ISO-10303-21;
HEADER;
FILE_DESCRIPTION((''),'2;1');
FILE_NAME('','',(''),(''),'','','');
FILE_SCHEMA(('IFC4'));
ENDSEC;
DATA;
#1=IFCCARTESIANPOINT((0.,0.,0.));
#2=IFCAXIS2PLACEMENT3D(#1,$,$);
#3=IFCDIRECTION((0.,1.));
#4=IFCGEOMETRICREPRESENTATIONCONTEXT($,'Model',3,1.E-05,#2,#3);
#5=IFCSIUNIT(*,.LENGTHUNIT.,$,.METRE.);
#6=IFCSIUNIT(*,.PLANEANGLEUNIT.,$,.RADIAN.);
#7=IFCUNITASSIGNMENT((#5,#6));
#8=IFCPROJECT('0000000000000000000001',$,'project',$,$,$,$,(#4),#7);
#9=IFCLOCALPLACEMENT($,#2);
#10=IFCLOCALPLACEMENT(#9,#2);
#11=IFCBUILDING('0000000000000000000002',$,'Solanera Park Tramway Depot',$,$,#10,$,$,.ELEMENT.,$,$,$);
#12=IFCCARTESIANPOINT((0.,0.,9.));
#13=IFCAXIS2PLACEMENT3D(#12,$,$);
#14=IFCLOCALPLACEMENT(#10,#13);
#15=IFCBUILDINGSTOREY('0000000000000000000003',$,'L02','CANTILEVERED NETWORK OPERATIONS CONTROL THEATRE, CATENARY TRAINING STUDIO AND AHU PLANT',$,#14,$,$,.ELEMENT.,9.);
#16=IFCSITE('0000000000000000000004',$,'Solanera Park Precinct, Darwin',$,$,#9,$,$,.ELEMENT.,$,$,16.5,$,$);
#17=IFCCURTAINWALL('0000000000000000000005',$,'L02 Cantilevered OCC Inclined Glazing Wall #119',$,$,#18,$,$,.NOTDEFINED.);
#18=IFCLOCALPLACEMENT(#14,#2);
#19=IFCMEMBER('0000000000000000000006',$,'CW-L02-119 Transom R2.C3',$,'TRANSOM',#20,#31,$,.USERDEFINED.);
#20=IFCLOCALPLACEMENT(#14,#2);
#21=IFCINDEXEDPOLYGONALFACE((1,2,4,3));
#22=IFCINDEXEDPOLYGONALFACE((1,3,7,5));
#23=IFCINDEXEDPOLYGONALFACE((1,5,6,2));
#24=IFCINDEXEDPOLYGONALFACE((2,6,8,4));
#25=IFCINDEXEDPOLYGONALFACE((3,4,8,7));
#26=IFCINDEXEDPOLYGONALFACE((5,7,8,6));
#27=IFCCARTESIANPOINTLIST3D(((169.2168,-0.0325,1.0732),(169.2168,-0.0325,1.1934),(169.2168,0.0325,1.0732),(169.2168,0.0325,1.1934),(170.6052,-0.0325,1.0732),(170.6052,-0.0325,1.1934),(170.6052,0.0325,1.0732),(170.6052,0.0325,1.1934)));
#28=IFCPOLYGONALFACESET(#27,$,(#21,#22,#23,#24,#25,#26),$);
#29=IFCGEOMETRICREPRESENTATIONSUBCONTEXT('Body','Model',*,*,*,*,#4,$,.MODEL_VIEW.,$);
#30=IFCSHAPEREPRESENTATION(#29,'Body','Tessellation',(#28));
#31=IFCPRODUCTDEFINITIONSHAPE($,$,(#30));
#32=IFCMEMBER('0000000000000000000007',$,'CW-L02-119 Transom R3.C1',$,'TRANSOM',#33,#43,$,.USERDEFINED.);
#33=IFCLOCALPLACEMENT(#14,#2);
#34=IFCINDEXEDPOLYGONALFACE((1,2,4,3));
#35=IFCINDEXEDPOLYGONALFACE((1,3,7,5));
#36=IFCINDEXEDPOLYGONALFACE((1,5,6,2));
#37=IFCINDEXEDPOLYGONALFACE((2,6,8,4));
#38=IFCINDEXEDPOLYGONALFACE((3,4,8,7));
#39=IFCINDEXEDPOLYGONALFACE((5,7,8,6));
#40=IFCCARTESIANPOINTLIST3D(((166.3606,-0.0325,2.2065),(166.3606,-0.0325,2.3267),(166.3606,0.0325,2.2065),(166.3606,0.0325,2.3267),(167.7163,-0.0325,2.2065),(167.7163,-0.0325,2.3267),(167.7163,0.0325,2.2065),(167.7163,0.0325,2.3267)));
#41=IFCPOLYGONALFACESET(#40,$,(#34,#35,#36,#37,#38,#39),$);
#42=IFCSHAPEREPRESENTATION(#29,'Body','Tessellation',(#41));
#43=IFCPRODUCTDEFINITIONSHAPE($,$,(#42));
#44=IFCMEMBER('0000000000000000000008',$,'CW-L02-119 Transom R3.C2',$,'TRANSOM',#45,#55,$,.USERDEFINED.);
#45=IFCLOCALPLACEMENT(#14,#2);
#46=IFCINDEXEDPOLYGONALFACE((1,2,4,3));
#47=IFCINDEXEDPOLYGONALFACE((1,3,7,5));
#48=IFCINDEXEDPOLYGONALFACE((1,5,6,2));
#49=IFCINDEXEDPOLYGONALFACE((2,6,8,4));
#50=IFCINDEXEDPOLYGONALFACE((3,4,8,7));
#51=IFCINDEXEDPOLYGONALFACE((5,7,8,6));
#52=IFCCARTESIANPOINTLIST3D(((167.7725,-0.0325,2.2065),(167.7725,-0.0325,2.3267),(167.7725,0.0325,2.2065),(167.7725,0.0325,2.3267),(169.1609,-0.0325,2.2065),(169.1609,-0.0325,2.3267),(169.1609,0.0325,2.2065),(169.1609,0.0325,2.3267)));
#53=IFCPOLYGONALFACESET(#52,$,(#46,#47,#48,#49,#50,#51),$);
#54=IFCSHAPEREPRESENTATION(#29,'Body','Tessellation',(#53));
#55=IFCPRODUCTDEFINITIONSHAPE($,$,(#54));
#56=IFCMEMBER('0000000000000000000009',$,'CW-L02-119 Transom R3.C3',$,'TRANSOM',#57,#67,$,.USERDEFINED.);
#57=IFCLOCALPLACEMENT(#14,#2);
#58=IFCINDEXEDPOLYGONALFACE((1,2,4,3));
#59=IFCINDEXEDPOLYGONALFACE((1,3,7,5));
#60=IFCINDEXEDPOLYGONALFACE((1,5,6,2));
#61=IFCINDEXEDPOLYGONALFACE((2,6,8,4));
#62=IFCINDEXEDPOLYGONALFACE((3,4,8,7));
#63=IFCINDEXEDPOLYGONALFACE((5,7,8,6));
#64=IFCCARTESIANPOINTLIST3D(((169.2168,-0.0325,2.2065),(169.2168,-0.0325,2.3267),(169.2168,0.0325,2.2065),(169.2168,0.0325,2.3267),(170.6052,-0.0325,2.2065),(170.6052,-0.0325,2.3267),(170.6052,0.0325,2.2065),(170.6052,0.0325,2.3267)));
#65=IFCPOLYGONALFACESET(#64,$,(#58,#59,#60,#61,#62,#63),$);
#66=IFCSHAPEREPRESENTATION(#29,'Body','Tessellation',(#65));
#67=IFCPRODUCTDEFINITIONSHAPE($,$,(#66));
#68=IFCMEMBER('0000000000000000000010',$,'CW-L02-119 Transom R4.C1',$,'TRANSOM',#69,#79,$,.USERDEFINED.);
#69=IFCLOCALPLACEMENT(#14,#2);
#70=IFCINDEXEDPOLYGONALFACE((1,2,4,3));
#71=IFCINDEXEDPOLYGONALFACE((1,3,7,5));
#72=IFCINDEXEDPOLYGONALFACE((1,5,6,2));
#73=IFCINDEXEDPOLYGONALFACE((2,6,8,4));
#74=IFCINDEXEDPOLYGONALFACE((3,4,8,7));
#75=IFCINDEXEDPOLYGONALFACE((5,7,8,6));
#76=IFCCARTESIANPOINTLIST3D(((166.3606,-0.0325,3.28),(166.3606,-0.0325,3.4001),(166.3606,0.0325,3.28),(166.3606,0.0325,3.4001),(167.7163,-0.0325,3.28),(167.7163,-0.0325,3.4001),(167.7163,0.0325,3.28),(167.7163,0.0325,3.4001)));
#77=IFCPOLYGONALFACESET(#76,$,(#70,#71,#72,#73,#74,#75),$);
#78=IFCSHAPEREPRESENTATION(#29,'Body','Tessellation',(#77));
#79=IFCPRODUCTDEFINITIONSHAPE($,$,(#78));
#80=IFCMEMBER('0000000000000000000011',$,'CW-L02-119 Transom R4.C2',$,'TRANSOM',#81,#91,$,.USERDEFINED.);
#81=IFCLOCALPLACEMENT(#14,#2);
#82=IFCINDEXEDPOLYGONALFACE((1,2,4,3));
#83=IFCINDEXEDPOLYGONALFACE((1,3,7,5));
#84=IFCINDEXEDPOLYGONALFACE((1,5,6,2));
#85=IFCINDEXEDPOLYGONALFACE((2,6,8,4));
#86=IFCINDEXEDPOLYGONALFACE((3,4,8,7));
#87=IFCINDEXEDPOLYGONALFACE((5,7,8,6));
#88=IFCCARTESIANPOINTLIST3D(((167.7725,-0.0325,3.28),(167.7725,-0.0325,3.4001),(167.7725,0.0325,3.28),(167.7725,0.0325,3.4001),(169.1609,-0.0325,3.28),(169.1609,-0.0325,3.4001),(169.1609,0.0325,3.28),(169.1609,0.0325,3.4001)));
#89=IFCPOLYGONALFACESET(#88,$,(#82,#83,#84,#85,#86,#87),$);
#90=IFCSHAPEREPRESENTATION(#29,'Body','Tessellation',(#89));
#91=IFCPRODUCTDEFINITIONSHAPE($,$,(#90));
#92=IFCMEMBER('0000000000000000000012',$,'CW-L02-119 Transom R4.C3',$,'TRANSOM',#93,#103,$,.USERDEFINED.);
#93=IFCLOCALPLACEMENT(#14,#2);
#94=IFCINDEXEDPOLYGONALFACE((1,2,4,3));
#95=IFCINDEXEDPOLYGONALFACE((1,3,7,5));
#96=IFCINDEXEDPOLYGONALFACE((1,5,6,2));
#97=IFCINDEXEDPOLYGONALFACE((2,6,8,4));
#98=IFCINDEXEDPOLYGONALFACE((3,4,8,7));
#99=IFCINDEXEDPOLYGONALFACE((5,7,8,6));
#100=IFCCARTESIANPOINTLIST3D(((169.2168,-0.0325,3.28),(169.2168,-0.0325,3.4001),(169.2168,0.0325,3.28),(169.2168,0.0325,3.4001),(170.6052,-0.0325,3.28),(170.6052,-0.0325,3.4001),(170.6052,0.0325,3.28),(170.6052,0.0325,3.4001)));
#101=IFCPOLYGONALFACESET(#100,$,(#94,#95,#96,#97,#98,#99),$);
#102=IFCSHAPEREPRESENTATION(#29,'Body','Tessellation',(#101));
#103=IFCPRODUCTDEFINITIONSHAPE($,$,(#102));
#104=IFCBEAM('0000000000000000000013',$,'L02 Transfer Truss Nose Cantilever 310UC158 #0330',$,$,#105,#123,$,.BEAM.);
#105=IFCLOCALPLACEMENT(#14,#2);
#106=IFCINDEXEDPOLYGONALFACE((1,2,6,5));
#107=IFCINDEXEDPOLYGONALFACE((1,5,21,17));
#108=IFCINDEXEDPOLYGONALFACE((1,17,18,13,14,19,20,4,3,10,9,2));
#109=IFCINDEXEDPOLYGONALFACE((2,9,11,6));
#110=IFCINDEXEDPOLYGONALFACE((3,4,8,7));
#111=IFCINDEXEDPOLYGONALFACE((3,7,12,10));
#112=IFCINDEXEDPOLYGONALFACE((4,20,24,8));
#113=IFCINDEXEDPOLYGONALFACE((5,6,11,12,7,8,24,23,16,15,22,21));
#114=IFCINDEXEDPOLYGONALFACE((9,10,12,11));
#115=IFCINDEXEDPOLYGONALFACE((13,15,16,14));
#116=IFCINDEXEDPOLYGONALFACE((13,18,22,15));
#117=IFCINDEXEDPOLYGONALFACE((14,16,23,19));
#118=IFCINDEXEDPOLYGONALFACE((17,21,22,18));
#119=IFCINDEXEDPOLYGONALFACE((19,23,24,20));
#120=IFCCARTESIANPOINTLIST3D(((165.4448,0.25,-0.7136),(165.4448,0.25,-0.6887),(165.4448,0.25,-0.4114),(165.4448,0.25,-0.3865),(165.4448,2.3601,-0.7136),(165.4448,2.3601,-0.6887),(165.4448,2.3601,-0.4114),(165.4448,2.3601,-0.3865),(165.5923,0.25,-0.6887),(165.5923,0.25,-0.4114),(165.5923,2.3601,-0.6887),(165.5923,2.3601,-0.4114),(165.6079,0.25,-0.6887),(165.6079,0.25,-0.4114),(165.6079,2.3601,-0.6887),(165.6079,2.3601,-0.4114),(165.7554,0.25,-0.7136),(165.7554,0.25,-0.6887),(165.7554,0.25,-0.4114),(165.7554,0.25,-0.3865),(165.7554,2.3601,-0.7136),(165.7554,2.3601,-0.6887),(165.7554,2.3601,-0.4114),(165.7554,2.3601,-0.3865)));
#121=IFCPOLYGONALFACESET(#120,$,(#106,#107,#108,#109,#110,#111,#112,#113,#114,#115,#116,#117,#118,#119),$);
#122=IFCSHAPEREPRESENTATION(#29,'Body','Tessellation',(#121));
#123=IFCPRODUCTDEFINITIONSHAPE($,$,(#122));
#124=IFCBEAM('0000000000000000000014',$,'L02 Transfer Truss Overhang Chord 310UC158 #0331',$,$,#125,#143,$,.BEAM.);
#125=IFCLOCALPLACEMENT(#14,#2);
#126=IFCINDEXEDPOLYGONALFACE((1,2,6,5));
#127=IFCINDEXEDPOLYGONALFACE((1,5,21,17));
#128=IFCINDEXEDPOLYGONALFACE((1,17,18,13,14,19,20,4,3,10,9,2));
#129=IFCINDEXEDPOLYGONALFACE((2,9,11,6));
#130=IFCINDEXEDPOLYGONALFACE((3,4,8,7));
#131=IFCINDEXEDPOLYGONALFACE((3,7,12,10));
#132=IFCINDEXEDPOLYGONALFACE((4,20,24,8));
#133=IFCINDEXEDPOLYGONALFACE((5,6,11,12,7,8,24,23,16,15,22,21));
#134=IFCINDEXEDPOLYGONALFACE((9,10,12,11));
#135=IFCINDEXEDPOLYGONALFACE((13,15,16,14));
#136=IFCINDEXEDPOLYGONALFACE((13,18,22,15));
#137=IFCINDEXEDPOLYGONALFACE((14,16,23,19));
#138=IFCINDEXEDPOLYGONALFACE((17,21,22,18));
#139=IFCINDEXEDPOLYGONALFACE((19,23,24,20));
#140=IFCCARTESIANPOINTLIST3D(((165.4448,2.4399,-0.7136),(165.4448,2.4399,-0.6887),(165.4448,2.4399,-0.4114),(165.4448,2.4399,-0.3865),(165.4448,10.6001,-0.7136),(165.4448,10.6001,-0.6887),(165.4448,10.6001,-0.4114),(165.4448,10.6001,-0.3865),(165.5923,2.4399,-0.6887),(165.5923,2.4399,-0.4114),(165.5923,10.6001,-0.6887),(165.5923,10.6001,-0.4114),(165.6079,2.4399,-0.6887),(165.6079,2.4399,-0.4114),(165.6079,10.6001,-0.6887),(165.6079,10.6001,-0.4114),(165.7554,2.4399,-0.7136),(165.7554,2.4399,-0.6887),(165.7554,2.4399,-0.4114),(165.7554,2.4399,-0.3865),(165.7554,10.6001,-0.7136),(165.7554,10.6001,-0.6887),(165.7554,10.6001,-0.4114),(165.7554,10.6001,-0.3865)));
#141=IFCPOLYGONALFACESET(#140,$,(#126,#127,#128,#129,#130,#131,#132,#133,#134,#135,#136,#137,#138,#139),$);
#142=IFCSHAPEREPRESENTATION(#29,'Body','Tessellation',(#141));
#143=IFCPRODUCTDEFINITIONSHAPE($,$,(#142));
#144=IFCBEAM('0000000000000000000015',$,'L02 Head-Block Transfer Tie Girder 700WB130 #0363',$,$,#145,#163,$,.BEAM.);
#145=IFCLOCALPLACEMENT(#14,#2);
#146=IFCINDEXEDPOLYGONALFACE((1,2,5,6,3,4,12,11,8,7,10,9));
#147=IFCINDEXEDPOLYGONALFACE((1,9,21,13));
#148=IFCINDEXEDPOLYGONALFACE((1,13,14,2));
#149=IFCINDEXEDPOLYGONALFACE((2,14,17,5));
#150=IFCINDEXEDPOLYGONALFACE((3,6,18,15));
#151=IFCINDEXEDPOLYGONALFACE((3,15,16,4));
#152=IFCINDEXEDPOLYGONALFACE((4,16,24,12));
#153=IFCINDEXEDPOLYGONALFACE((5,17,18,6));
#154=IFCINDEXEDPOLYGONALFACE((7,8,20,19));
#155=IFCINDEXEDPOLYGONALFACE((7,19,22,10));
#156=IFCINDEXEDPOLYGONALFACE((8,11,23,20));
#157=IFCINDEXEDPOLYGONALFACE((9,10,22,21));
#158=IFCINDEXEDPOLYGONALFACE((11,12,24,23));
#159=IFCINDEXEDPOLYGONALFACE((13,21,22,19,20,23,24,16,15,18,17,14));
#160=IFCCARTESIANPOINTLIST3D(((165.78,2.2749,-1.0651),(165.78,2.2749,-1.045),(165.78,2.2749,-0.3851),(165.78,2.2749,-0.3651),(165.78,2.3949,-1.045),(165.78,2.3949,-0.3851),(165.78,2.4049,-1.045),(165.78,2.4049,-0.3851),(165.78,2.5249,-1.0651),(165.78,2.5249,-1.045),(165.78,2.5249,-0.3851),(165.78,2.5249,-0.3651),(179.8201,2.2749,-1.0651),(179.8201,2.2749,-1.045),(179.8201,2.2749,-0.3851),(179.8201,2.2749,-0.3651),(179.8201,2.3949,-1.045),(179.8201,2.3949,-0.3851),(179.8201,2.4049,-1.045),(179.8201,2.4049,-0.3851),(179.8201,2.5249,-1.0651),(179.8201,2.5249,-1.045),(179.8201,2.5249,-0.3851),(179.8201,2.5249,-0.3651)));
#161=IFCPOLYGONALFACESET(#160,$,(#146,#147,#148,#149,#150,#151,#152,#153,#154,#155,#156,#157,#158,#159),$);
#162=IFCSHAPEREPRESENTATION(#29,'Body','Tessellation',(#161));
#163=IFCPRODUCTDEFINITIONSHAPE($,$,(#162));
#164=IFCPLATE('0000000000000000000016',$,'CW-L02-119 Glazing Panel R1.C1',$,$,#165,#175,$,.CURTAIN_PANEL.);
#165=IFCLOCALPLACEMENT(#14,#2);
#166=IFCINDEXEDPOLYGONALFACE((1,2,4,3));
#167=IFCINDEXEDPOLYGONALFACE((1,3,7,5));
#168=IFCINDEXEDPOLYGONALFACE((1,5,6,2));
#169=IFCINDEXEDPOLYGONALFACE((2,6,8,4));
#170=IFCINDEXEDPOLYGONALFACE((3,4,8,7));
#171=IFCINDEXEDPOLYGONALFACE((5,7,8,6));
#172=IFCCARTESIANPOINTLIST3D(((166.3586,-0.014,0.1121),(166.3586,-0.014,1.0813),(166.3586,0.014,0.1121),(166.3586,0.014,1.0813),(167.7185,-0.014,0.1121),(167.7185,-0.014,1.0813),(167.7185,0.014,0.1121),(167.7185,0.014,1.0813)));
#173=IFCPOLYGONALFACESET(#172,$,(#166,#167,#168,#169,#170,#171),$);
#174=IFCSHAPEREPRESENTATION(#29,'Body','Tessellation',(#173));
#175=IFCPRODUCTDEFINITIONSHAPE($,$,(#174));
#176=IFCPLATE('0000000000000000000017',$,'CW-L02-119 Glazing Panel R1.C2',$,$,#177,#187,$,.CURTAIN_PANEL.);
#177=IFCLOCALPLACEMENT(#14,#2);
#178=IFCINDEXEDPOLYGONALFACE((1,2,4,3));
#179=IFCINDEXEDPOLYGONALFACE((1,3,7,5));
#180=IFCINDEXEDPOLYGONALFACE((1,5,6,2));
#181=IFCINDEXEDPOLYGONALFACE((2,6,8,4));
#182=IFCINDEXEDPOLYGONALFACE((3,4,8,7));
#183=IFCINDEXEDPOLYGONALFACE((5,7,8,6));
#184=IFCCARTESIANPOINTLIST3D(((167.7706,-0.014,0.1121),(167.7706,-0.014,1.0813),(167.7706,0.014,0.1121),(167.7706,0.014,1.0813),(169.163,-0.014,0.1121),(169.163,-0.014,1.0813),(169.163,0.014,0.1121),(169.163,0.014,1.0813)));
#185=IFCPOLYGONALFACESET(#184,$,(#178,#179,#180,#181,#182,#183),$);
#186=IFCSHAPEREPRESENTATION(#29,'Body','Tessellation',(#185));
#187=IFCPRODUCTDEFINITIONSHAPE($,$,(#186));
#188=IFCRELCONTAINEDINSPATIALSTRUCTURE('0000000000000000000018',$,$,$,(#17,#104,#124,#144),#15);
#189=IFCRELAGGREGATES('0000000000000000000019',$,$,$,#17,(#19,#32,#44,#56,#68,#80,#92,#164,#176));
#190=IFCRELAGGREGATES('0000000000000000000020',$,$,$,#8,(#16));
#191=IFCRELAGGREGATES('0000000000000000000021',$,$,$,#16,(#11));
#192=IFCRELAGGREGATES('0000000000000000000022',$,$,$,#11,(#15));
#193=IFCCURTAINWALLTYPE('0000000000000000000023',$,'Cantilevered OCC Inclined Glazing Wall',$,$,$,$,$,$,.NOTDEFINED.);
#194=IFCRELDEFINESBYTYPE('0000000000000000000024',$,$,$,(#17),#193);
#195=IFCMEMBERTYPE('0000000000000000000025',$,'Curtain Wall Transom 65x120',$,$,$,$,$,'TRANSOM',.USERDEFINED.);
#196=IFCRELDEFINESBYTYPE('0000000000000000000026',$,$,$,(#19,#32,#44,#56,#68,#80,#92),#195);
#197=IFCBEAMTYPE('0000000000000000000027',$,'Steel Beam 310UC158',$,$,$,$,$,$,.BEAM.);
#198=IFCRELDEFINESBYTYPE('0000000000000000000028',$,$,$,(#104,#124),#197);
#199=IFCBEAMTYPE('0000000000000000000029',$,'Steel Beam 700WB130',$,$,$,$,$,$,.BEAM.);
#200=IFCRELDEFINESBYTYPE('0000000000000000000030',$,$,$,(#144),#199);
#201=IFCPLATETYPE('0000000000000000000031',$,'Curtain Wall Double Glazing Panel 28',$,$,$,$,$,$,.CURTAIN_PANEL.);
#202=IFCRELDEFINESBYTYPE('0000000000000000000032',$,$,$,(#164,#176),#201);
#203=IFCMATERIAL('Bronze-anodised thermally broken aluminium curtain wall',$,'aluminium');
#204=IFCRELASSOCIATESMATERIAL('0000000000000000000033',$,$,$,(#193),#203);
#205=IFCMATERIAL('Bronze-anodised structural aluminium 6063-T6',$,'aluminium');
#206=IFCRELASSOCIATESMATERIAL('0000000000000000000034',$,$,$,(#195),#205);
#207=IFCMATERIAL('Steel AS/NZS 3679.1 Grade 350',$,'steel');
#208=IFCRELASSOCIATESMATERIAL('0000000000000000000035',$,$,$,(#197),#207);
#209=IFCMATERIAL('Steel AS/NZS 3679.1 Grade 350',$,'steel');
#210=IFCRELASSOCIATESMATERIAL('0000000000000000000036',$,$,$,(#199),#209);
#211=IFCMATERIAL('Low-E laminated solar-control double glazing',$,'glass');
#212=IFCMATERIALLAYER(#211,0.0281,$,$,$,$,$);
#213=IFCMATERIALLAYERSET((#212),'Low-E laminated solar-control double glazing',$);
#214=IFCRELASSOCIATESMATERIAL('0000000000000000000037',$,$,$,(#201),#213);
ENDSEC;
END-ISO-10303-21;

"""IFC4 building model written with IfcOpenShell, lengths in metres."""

from ifc_helpers import new_model, si_unit, direction, frame, origin, origin_2d, place, context, subcontext, project, spatial, rectangle, i_section, extrude, material, layer, layer_set, material_profile, profile_set, type_object, element, aggregate, save


model = new_model("IFC4")

# Units and contexts
model_context = context("Model", 3, precision=1e-05, world=origin(), true_north=direction((0.0, 1.0)))
body_context = subcontext(model_context, "Body", "Model", "MODEL_VIEW")
ifc_project = project(units=[si_unit("LENGTHUNIT", "METRE"), si_unit("PLANEANGLEUNIT", "RADIAN")], contexts=[model_context])

# Site, building, storey
site_placement = place(None, origin())
site = spatial("IfcSite", under=ifc_project, at=site_placement, Name="Solanera Park Precinct, Darwin", CompositionType="ELEMENT", RefElevation=16.5)
building_placement = place(site_placement, origin())
building = spatial("IfcBuilding", under=site, at=building_placement, Name="Solanera Park Tramway Depot", CompositionType="ELEMENT")
storey_placement = place(building_placement, frame((0.0, 0.0, 9.0)))
storey = spatial("IfcBuildingStorey", under=building, at=storey_placement, Name="L02", Description="CANTILEVERED NETWORK OPERATIONS CONTROL THEATRE, CATENARY TRAINING STUDIO AND AHU PLANT", CompositionType="ELEMENT", Elevation=9.0)

# Curtain wall, members
ifc_material_1 = material(Name="Bronze-anodised thermally broken aluminium curtain wall", Category="aluminium")
curtain_wall_type = type_object("IfcCurtainWallType", Name="Cantilevered OCC Inclined Glazing Wall", PredefinedType="NOTDEFINED", material=ifc_material_1)
curtain_wall_placement = place(storey_placement, origin())
curtain_wall = element("IfcCurtainWall", 1, at=curtain_wall_placement, inside=storey, type_object=curtain_wall_type, Name="L02 Cantilevered OCC Inclined Glazing Wall #119", PredefinedType="NOTDEFINED")
ifc_material_2 = material(Name="Bronze-anodised structural aluminium 6063-T6", Category="aluminium")
ifc_material_profile_1 = material_profile(ifc_material_2, rectangle(XDim=0.0649, YDim=0.1201, at=origin_2d()), Name="Curtain Wall Transom 65x120")
ifc_profile_set_1 = profile_set([ifc_material_profile_1], Name="Bronze-anodised structural aluminium 6063-T6")
member_type_1 = type_object("IfcMemberType", Name="Curtain Wall Transom 65x120", ElementType="TRANSOM", PredefinedType="USERDEFINED", material=ifc_profile_set_1)
member_1_placement = place(storey_placement, frame((169.2168, 0.0, 1.1333), z_axis=(1.0, 0.0, 0.0), x_axis=(0.0, 1.0, 0.0)))
member_1 = element("IfcMember", 2, at=member_1_placement, type_object=member_type_1, Name="CW-L02-119 Transom R2.C3", ObjectType="TRANSOM", PredefinedType="USERDEFINED", context=body_context, shape_type="SweptSolid", body=[
    extrude(rectangle(XDim=0.0649, YDim=0.1201, at=origin_2d()), origin(), (0.0, 0.0, 1.0), 1.3884),
])
member_2_placement = place(storey_placement, frame((166.3606, 0.0, 2.2666), z_axis=(1.0, 0.0, 0.0), x_axis=(0.0, 1.0, 0.0)))
member_2 = element("IfcMember", 3, at=member_2_placement, type_object=member_type_1, Name="CW-L02-119 Transom R3.C1", ObjectType="TRANSOM", PredefinedType="USERDEFINED", context=body_context, shape_type="SweptSolid", body=[
    extrude(rectangle(XDim=0.0649, YDim=0.1201, at=origin_2d()), origin(), (0.0, 0.0, 1.0), 1.3557),
])
member_3_placement = place(storey_placement, frame((167.7725, 0.0, 2.2666), z_axis=(1.0, 0.0, 0.0), x_axis=(0.0, 1.0, 0.0)))
member_3 = element("IfcMember", 4, at=member_3_placement, type_object=member_type_1, Name="CW-L02-119 Transom R3.C2", ObjectType="TRANSOM", PredefinedType="USERDEFINED", context=body_context, shape_type="SweptSolid", body=[
    extrude(rectangle(XDim=0.0649, YDim=0.1201, at=origin_2d()), origin(), (0.0, 0.0, 1.0), 1.3884),
])
member_4_placement = place(storey_placement, frame((169.2168, 0.0, 2.2666), z_axis=(1.0, 0.0, 0.0), x_axis=(0.0, 1.0, 0.0)))
member_4 = element("IfcMember", 5, at=member_4_placement, type_object=member_type_1, Name="CW-L02-119 Transom R3.C3", ObjectType="TRANSOM", PredefinedType="USERDEFINED", context=body_context, shape_type="SweptSolid", body=[
    extrude(rectangle(XDim=0.0649, YDim=0.1201, at=origin_2d()), origin(), (0.0, 0.0, 1.0), 1.3884),
])
member_5_placement = place(storey_placement, frame((166.3606, 0.0, 3.3401), z_axis=(1.0, 0.0, 0.0), x_axis=(0.0, 1.0, 0.0)))
member_5 = element("IfcMember", 6, at=member_5_placement, type_object=member_type_1, Name="CW-L02-119 Transom R4.C1", ObjectType="TRANSOM", PredefinedType="USERDEFINED", context=body_context, shape_type="SweptSolid", body=[
    extrude(rectangle(XDim=0.0649, YDim=0.1201, at=origin_2d()), origin(), (0.0, 0.0, 1.0), 1.3557),
])
member_6_placement = place(storey_placement, frame((167.7725, 0.0, 3.3401), z_axis=(1.0, 0.0, 0.0), x_axis=(0.0, 1.0, 0.0)))
member_6 = element("IfcMember", 7, at=member_6_placement, type_object=member_type_1, Name="CW-L02-119 Transom R4.C2", ObjectType="TRANSOM", PredefinedType="USERDEFINED", context=body_context, shape_type="SweptSolid", body=[
    extrude(rectangle(XDim=0.0649, YDim=0.1201, at=origin_2d()), origin(), (0.0, 0.0, 1.0), 1.3884),
])
member_7_placement = place(storey_placement, frame((169.2168, 0.0, 3.3401), z_axis=(1.0, 0.0, 0.0), x_axis=(0.0, 1.0, 0.0)))
member_7 = element("IfcMember", 8, at=member_7_placement, type_object=member_type_1, Name="CW-L02-119 Transom R4.C3", ObjectType="TRANSOM", PredefinedType="USERDEFINED", context=body_context, shape_type="SweptSolid", body=[
    extrude(rectangle(XDim=0.0649, YDim=0.1201, at=origin_2d()), origin(), (0.0, 0.0, 1.0), 1.3884),
])

# Beams
ifc_material_3 = material(Name="Steel AS/NZS 3679.1 Grade 350", Category="steel")
ifc_material_profile_2 = material_profile(ifc_material_3, i_section(OverallWidth=0.3105, OverallDepth=0.3271, WebThickness=0.0156, FlangeThickness=0.0249, at=origin_2d()), Name="310UC158")
ifc_profile_set_2 = profile_set([ifc_material_profile_2], Name="Steel AS/NZS 3679.1 Grade 350")
beam_type_1 = type_object("IfcBeamType", Name="Steel Beam 310UC158", PredefinedType="BEAM", material=ifc_profile_set_2)
beam_1_placement = place(storey_placement, frame((165.6001, 0.25, -0.55), z_axis=(0.0, 1.0, 0.0), x_axis=(-1.0, 0.0, 0.0)))
element("IfcBeam", 9, at=beam_1_placement, inside=storey, type_object=beam_type_1, Name="L02 Transfer Truss Nose Cantilever 310UC158 #0330", PredefinedType="BEAM", context=body_context, shape_type="SweptSolid", body=[
    extrude(i_section(OverallWidth=0.3105, OverallDepth=0.3271, WebThickness=0.0156, FlangeThickness=0.0249, at=origin_2d()), origin(), (0.0, 0.0, 1.0), 2.1101),
])
beam_2_placement = place(storey_placement, frame((165.6001, 2.4399, -0.55), z_axis=(0.0, 1.0, 0.0), x_axis=(-1.0, 0.0, 0.0)))
element("IfcBeam", 10, at=beam_2_placement, inside=storey, type_object=beam_type_1, Name="L02 Transfer Truss Overhang Chord 310UC158 #0331", PredefinedType="BEAM", context=body_context, shape_type="SweptSolid", body=[
    extrude(i_section(OverallWidth=0.3105, OverallDepth=0.3271, WebThickness=0.0156, FlangeThickness=0.0249, at=origin_2d()), origin(), (0.0, 0.0, 1.0), 8.1602),
])
ifc_material_4 = material(Name="Steel AS/NZS 3679.1 Grade 350", Category="steel")
ifc_material_profile_3 = material_profile(ifc_material_4, i_section(OverallWidth=0.25, OverallDepth=0.7, WebThickness=0.01, FlangeThickness=0.02, at=origin_2d()), Name="700WB130")
ifc_profile_set_3 = profile_set([ifc_material_profile_3], Name="Steel AS/NZS 3679.1 Grade 350")
beam_type_2 = type_object("IfcBeamType", Name="Steel Beam 700WB130", PredefinedType="BEAM", material=ifc_profile_set_3)
beam_3_placement = place(storey_placement, frame((165.78, 2.3999, -0.7151), z_axis=(1.0, 0.0, 0.0), x_axis=(0.0, 1.0, 0.0)))
element("IfcBeam", 11, at=beam_3_placement, inside=storey, type_object=beam_type_2, Name="L02 Head-Block Transfer Tie Girder 700WB130 #0363", PredefinedType="BEAM", context=body_context, shape_type="SweptSolid", body=[
    extrude(i_section(OverallWidth=0.25, OverallDepth=0.7, WebThickness=0.01, FlangeThickness=0.02, at=origin_2d()), origin(), (0.0, 0.0, 1.0), 14.04),
])

# Plates
ifc_material_5 = material(Name="Low-E laminated solar-control double glazing", Category="glass")
ifc_layer_1 = layer(ifc_material_5, 0.0281)
ifc_layer_set_1 = layer_set([ifc_layer_1], Name="Low-E laminated solar-control double glazing")
plate_type = type_object("IfcPlateType", Name="Curtain Wall Double Glazing Panel 28", PredefinedType="CURTAIN_PANEL", material=ifc_layer_set_1)
plate_1_placement = place(storey_placement, frame((167.0386, 0.0, 0.1121), z_axis=(0.0, 0.0, 1.0), x_axis=(1.0, 0.0, 0.0)))
plate_1 = element("IfcPlate", 12, at=plate_1_placement, type_object=plate_type, Name="CW-L02-119 Glazing Panel R1.C1", PredefinedType="CURTAIN_PANEL", context=body_context, shape_type="SweptSolid", body=[
    extrude(rectangle(XDim=1.3599, YDim=0.0281, at=origin_2d()), origin(), (0.0, 0.0, 1.0), 0.9692),
])
plate_2_placement = place(storey_placement, frame((168.4668, 0.0, 0.1121), z_axis=(0.0, 0.0, 1.0), x_axis=(1.0, 0.0, 0.0)))
plate_2 = element("IfcPlate", 13, at=plate_2_placement, type_object=plate_type, Name="CW-L02-119 Glazing Panel R1.C2", PredefinedType="CURTAIN_PANEL", context=body_context, shape_type="SweptSolid", body=[
    extrude(rectangle(XDim=1.3923, YDim=0.0281, at=origin_2d()), origin(), (0.0, 0.0, 1.0), 0.9692),
])
aggregate(curtain_wall, [member_1, member_2, member_3, member_4, member_5, member_6, member_7, plate_1, plate_2])

save(model, "model.ifc")
